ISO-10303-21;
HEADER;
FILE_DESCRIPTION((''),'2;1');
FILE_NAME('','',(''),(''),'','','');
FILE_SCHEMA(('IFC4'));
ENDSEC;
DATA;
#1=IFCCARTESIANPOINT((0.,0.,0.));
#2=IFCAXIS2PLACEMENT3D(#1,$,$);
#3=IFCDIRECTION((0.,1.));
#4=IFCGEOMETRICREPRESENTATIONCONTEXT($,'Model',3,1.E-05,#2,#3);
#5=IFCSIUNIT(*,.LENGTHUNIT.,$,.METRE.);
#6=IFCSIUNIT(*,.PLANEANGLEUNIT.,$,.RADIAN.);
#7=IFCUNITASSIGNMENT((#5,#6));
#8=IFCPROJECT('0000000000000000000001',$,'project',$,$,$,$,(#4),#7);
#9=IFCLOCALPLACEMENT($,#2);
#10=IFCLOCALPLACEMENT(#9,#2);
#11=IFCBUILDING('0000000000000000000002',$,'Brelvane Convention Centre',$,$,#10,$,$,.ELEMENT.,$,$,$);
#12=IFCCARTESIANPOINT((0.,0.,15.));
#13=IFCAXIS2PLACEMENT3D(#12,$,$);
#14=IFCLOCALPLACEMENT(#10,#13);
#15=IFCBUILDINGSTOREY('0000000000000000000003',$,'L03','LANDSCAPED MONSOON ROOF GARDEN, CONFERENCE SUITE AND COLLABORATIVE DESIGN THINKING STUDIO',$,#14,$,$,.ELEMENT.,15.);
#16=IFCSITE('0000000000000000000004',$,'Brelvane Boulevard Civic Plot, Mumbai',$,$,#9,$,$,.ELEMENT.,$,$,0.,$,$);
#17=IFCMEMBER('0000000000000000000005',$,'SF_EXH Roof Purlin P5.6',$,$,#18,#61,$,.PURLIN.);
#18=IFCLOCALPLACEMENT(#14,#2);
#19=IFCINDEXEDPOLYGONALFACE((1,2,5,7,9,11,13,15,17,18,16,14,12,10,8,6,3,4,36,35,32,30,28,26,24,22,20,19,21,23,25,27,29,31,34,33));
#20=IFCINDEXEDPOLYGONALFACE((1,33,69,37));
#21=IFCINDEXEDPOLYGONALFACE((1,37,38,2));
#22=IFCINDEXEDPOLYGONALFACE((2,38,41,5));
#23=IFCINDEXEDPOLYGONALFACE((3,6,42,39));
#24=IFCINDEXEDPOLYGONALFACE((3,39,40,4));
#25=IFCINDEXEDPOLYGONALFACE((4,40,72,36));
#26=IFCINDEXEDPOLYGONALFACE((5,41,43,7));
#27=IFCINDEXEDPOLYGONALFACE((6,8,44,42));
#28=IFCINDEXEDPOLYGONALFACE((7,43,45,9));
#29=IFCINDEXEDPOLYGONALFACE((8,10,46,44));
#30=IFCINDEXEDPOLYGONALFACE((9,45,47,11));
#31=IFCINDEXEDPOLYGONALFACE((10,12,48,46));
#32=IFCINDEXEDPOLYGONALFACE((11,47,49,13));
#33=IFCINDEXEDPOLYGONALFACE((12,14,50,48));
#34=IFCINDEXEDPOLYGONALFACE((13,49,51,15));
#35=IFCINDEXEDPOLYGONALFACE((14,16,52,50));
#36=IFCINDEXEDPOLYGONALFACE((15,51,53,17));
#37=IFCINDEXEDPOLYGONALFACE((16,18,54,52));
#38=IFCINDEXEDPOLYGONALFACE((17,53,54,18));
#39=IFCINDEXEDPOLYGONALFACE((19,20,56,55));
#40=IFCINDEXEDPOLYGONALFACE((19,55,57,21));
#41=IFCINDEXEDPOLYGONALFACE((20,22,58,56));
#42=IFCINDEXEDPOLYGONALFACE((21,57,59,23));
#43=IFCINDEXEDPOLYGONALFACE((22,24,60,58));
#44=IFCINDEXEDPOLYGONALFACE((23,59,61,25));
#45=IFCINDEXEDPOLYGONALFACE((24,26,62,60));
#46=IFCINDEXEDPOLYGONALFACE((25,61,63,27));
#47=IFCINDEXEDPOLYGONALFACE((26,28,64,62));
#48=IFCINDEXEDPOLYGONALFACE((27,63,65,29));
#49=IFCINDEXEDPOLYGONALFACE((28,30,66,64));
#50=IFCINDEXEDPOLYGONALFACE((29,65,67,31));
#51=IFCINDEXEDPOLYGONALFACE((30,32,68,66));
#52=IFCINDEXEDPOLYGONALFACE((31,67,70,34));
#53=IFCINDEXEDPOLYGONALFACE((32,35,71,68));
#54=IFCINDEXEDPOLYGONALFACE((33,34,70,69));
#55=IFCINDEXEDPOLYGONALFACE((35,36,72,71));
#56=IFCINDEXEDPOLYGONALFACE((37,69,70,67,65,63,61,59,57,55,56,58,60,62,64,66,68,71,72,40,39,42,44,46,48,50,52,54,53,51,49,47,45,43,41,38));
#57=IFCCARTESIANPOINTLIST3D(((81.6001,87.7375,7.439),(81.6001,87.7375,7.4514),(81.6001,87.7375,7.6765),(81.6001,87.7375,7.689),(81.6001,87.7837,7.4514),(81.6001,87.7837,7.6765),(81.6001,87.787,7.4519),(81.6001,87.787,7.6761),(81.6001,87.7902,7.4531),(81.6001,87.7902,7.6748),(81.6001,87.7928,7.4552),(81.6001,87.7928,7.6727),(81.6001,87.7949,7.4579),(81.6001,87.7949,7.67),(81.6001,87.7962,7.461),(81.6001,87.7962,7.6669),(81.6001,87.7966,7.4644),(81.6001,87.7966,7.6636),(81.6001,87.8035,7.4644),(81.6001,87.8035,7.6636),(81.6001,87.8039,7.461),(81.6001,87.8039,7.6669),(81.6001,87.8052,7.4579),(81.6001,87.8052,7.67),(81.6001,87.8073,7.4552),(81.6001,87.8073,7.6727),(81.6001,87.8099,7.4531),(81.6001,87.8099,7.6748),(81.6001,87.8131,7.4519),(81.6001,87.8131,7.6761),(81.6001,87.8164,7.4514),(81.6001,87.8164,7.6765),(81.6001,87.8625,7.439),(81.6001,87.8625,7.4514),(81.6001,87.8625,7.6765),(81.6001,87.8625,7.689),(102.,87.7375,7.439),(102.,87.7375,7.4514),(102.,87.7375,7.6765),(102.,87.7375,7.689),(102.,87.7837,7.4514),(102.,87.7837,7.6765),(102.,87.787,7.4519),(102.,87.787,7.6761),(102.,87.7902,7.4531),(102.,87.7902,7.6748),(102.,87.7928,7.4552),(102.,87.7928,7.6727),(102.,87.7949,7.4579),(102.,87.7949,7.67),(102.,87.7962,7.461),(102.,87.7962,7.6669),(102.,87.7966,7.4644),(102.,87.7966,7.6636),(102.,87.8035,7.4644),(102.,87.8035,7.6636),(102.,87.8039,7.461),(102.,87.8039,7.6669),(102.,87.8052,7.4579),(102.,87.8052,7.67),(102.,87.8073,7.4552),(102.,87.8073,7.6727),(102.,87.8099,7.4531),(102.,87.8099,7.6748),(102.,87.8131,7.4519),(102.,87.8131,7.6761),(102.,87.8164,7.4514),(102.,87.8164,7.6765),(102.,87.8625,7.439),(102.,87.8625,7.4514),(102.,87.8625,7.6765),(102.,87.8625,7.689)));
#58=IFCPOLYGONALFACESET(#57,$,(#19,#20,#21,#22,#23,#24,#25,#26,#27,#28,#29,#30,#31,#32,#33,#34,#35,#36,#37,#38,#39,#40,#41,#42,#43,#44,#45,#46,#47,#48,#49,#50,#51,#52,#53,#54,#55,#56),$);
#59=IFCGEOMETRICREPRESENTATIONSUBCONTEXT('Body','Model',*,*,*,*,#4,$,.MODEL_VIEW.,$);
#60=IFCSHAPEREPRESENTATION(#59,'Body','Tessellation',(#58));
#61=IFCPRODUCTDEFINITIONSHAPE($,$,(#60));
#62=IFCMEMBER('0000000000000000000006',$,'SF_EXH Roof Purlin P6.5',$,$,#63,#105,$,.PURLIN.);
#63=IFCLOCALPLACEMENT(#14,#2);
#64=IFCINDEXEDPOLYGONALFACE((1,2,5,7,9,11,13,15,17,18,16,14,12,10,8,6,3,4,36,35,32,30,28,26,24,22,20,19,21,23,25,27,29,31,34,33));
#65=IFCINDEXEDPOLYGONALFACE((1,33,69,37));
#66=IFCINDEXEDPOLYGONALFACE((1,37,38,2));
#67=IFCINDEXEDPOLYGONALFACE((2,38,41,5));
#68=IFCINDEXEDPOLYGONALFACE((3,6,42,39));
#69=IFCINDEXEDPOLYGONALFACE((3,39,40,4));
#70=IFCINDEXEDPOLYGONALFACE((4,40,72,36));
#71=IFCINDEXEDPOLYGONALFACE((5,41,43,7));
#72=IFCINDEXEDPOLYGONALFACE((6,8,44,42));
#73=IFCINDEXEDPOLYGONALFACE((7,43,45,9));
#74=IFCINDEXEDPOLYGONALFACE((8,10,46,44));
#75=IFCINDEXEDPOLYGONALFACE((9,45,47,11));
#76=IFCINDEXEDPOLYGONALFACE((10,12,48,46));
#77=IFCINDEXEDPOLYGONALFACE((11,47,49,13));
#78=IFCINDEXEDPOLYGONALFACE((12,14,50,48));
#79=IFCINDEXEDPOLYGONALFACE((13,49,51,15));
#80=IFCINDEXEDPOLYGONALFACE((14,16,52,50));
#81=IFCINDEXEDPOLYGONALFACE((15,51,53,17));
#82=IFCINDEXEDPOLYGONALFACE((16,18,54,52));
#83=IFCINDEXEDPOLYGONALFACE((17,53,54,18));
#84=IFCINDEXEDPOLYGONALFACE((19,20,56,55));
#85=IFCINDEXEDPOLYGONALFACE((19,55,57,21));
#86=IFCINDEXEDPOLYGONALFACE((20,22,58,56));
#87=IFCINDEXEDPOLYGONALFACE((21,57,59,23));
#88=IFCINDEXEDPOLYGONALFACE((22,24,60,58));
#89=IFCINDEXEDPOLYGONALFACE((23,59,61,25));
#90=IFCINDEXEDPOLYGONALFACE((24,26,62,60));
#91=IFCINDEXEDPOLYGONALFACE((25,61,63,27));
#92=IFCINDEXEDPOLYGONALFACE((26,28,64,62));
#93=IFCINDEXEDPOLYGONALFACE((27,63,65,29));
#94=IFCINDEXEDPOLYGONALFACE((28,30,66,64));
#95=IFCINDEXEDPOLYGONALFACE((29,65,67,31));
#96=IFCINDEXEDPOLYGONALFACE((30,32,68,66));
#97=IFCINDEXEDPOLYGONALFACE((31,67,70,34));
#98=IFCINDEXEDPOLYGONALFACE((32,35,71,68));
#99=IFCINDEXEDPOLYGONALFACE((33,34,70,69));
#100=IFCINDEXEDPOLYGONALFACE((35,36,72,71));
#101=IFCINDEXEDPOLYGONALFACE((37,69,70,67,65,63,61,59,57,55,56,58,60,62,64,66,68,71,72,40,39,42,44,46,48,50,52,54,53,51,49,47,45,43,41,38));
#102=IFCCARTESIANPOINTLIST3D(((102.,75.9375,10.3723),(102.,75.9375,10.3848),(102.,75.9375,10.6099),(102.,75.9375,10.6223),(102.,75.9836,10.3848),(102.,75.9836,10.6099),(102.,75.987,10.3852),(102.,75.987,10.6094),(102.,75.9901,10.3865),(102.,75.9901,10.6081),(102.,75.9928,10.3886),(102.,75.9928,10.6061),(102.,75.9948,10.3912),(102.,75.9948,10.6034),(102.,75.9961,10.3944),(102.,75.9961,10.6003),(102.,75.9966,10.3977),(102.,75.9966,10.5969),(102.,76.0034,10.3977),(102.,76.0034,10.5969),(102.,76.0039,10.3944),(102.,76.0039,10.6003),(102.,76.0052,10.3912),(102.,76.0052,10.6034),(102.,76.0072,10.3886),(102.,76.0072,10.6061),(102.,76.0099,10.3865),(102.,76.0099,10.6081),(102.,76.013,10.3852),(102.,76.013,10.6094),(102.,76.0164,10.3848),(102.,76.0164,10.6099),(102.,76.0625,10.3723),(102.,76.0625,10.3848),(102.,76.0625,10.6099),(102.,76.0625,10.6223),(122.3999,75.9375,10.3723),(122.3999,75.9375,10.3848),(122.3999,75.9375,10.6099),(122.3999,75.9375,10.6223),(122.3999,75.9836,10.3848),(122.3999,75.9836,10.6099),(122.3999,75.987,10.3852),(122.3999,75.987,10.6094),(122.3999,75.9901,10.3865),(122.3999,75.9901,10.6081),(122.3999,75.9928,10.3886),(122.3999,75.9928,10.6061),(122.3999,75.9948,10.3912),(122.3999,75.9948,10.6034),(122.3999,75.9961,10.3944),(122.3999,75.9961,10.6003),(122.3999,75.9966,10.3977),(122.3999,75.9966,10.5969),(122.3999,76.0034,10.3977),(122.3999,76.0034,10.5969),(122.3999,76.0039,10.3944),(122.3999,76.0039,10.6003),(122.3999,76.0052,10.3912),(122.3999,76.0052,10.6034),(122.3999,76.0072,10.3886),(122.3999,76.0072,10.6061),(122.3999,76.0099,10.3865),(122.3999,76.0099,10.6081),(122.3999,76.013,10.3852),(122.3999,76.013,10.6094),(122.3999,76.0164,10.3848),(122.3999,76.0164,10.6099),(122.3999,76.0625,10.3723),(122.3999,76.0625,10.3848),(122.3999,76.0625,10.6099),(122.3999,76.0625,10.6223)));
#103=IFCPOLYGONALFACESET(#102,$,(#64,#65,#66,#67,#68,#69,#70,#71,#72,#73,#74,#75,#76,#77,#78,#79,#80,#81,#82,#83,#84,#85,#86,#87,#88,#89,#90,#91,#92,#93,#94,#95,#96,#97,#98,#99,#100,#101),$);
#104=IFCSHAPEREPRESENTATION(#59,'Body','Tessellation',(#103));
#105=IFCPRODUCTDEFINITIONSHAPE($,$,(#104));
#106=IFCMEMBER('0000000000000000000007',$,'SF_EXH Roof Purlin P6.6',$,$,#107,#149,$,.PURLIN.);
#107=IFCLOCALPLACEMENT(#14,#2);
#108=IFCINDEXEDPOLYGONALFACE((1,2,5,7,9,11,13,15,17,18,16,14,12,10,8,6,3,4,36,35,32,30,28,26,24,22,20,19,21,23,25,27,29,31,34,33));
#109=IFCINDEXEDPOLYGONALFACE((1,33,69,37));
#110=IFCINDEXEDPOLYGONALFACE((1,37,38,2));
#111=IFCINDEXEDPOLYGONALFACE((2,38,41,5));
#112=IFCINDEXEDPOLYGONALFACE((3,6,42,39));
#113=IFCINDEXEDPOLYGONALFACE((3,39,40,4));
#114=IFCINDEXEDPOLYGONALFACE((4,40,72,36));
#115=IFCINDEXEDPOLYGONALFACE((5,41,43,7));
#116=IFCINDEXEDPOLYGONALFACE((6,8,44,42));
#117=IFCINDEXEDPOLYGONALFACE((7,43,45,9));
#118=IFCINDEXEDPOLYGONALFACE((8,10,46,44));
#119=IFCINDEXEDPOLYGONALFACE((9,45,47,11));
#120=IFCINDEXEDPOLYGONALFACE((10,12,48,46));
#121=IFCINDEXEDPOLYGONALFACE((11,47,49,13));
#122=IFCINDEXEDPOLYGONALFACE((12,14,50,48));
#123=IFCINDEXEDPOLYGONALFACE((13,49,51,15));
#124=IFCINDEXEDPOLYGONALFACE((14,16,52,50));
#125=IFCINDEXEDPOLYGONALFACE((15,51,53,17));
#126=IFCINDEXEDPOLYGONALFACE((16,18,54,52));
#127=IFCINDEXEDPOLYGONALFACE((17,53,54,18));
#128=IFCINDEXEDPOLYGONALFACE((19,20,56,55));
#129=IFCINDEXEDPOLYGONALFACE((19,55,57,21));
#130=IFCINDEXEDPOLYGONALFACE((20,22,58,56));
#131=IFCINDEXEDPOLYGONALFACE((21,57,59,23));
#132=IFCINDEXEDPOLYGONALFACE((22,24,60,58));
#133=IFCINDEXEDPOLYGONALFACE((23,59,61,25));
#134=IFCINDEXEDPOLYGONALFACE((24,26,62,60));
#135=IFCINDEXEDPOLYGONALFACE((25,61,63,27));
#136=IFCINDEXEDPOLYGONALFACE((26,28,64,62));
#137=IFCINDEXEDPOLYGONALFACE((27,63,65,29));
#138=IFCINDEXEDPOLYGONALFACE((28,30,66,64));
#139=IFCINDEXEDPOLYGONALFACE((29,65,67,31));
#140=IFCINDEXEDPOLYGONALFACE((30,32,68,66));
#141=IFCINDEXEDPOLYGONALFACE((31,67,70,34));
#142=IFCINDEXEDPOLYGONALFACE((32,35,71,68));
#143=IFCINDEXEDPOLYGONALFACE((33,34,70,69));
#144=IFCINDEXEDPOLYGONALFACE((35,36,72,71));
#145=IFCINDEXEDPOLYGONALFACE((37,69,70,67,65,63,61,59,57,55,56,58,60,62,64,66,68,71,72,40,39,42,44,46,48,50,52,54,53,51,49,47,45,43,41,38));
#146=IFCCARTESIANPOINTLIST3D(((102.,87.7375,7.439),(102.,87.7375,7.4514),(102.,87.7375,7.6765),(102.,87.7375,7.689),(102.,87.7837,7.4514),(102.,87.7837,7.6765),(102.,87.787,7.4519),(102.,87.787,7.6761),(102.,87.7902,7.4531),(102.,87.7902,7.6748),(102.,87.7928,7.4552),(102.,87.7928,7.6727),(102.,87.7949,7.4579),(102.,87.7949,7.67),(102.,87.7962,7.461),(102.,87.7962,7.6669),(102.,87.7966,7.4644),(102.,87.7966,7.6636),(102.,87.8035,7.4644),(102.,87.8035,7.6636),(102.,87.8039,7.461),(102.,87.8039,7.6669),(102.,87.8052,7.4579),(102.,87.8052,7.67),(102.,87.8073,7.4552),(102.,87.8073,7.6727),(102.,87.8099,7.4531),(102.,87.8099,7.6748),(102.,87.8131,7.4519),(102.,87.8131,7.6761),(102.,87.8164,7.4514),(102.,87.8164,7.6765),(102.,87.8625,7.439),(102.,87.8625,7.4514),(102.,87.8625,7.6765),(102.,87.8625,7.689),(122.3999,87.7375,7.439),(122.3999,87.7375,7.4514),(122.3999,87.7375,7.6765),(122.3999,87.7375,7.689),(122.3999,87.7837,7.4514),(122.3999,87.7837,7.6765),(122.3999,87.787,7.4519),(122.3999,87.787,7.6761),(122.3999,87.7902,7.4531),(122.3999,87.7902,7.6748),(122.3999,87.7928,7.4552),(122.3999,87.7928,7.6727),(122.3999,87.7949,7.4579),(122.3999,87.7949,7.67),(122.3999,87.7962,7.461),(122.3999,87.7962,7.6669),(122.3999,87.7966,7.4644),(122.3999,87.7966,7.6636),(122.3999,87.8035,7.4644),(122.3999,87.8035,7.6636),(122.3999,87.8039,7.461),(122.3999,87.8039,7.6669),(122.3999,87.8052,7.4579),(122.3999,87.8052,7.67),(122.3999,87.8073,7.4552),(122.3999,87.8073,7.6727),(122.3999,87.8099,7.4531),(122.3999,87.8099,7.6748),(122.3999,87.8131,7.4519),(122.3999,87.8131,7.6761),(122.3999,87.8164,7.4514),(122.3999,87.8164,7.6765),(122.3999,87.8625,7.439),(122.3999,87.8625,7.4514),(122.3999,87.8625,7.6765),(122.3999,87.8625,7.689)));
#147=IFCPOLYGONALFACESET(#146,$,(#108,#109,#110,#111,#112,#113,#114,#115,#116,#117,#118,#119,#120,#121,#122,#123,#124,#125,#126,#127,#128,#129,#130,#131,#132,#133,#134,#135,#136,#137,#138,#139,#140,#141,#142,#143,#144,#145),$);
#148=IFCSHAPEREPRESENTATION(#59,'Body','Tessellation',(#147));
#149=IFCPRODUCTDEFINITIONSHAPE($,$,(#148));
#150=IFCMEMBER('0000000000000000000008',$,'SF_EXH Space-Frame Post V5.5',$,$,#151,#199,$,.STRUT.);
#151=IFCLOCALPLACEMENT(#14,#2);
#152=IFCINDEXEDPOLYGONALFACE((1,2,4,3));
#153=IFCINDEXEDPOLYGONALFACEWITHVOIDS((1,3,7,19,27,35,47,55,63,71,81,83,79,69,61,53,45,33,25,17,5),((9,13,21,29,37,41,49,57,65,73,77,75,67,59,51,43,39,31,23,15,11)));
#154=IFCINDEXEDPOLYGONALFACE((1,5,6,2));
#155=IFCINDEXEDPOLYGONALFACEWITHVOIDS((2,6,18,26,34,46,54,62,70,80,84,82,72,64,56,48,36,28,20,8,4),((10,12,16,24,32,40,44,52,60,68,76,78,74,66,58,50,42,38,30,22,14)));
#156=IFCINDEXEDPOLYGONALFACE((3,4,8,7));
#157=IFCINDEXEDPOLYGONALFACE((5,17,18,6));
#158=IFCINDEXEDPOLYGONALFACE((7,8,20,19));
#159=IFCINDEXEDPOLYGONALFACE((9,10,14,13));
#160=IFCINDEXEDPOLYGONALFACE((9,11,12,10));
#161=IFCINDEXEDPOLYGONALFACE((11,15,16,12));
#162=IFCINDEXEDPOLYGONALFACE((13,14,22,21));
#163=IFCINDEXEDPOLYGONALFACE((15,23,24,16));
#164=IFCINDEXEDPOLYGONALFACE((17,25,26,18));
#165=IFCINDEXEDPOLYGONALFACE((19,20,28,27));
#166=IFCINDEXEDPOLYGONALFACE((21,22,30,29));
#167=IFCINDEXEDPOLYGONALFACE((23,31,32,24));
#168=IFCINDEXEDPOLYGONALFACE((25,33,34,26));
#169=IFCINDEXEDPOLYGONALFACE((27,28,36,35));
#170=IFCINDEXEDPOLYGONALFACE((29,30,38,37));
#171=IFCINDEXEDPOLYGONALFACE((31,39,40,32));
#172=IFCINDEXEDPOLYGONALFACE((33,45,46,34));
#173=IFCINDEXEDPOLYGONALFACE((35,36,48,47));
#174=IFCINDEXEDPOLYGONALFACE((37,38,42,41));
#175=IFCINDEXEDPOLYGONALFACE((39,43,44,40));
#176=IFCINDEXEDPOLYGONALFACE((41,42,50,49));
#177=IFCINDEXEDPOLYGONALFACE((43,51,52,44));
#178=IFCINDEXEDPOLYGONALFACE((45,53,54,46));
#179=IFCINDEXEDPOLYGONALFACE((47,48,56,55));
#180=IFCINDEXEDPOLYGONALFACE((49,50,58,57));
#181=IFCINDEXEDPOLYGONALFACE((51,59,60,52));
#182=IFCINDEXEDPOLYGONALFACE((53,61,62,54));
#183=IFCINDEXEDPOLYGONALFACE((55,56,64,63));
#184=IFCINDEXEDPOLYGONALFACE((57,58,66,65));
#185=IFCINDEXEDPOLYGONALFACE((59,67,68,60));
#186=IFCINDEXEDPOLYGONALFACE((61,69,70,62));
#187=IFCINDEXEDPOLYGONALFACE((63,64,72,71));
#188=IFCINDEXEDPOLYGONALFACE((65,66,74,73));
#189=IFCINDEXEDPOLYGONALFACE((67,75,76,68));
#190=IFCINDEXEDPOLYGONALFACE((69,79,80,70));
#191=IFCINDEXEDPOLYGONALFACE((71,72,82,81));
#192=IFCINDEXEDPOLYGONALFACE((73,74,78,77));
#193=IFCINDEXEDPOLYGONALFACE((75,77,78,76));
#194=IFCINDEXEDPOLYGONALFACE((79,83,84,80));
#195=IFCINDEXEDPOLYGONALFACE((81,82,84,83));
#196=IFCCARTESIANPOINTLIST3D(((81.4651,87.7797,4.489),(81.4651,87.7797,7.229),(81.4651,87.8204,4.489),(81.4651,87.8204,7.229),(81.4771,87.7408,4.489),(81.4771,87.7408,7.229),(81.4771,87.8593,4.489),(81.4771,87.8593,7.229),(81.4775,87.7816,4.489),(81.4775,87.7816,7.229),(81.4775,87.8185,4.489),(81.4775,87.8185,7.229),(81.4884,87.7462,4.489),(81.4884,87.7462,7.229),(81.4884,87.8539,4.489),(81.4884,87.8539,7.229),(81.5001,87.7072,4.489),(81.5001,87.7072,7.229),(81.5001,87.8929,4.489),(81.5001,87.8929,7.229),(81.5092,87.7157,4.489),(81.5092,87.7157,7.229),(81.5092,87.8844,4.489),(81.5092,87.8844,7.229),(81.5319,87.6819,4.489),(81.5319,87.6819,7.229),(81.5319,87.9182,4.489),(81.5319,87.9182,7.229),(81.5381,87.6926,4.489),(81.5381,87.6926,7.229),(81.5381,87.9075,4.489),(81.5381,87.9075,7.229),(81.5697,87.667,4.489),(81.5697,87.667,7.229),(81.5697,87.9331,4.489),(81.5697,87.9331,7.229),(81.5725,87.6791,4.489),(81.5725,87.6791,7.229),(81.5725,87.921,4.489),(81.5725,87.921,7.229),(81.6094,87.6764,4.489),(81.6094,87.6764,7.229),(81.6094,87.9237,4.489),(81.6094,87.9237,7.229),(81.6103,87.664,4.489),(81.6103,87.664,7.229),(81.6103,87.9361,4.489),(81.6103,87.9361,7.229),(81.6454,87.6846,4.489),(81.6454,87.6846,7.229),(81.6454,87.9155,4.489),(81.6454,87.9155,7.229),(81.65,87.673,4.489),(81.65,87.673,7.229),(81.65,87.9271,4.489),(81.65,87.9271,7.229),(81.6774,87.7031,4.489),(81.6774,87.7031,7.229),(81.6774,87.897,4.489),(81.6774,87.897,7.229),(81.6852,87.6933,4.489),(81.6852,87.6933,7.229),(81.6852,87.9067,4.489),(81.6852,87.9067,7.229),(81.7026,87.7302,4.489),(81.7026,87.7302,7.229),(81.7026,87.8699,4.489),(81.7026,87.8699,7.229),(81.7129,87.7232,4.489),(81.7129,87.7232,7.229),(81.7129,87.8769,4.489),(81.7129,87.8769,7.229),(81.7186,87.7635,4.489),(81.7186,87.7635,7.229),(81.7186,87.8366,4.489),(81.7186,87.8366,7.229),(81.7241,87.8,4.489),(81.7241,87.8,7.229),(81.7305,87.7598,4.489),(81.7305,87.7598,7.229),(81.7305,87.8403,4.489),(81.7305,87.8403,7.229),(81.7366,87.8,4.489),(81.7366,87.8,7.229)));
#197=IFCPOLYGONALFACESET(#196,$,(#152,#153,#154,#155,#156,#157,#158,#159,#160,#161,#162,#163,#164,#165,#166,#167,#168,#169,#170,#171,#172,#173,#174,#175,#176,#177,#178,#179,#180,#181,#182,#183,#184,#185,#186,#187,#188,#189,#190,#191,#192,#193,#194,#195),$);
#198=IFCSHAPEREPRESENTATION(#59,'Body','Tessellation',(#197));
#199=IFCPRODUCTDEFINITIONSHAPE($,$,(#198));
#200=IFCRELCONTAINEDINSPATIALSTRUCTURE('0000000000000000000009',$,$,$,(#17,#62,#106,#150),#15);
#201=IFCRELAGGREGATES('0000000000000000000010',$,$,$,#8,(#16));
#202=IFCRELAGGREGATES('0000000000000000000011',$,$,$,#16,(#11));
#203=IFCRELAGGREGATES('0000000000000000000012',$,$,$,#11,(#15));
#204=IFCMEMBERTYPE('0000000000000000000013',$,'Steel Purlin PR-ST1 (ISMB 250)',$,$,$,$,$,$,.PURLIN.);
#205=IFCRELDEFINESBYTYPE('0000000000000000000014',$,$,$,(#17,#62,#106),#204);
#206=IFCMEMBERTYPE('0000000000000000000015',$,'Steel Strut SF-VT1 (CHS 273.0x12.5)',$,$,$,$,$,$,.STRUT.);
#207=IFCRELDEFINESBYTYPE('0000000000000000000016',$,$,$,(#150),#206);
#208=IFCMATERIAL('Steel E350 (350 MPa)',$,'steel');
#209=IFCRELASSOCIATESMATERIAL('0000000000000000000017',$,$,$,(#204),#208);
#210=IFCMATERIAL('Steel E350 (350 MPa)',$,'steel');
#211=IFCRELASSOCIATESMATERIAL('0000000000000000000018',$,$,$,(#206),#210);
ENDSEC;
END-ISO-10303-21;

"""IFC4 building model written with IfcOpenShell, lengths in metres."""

from ifc_helpers import new_model, si_unit, direction, frame, origin, origin_2d, place, context, subcontext, project, spatial, hollow_circle, i_section, extrude, material, material_profile, profile_set, type_object, element, save


model = new_model("IFC4")

# Units and contexts
model_context = context("Model", 3, precision=1e-05, world=origin(), true_north=direction((0.0, 1.0)))
body_context = subcontext(model_context, "Body", "Model", "MODEL_VIEW")
ifc_project = project(units=[si_unit("LENGTHUNIT", "METRE"), si_unit("PLANEANGLEUNIT", "RADIAN")], contexts=[model_context])

# Site, building, storey
site_placement = place(None, origin())
site = spatial("IfcSite", under=ifc_project, at=site_placement, Name="Brelvane Boulevard Civic Plot, Mumbai", CompositionType="ELEMENT", RefElevation=0.0)
building_placement = place(site_placement, origin())
building = spatial("IfcBuilding", under=site, at=building_placement, Name="Brelvane Convention Centre", CompositionType="ELEMENT")
storey_placement = place(building_placement, frame((0.0, 0.0, 15.0)))
storey = spatial("IfcBuildingStorey", under=building, at=storey_placement, Name="L03", Description="LANDSCAPED MONSOON ROOF GARDEN, CONFERENCE SUITE AND COLLABORATIVE DESIGN THINKING STUDIO", CompositionType="ELEMENT", Elevation=15.0)

# Members
ifc_material_1 = material(Name="Steel E350 (350 MPa)", Category="steel")
ifc_material_profile_1 = material_profile(ifc_material_1, i_section(OverallWidth=0.125, OverallDepth=0.25, WebThickness=0.0068, FlangeThickness=0.0125, FilletRadius=0.0129, at=origin_2d()), Name="ISMB 250")
ifc_profile_set_1 = profile_set([ifc_material_profile_1], Name="Steel E350 (350 MPa)")
member_type_1 = type_object("IfcMemberType", Name="Steel Purlin PR-ST1 (ISMB 250)", PredefinedType="PURLIN", material=ifc_profile_set_1)
for number, where, z_axis, x_axis, name in (
    (1, (81.6001, 87.8, 7.564), (1.0, 0.0, 0.0), (0.0, 1.0, 0.0), "SF_EXH Roof Purlin P5.6"),
    (2, (102.0, 76.0, 10.4973), (1.0, 0.0, 0.0), (0.0, 1.0, 0.0), "SF_EXH Roof Purlin P6.5"),
    (3, (102.0, 87.8, 7.564), (1.0, 0.0, 0.0), (0.0, 1.0, 0.0), "SF_EXH Roof Purlin P6.6"),
):
    element("IfcMember", number, at=place(storey_placement, frame(where, z_axis=z_axis, x_axis=x_axis)), inside=storey, type_object=member_type_1, Name=name, PredefinedType="PURLIN", context=body_context, shape_type="SweptSolid", body=[
        extrude(i_section(OverallWidth=0.125, OverallDepth=0.25, WebThickness=0.0068, FlangeThickness=0.0125, FilletRadius=0.0129, at=origin_2d()), origin(), (0.0, 0.0, 1.0), 20.3999),
    ])
ifc_material_2 = material(Name="Steel E350 (350 MPa)", Category="steel")
ifc_material_profile_2 = material_profile(ifc_material_2, hollow_circle(Radius=0.1365, WallThickness=0.0125, at=origin_2d()), Name="CHS 273.0x12.5")
ifc_profile_set_2 = profile_set([ifc_material_profile_2], Name="Steel E350 (350 MPa)")
member_type_2 = type_object("IfcMemberType", Name="Steel Strut SF-VT1 (CHS 273.0x12.5)", PredefinedType="STRUT", material=ifc_profile_set_2)
for number, where, z_axis, x_axis, name in (
    (4, (81.6001, 87.8, 4.489), (0.0, 0.0, 1.0), (1.0, 0.0, 0.0), "SF_EXH Space-Frame Post V5.5"),
):
    element("IfcMember", number, at=place(storey_placement, frame(where, z_axis=z_axis, x_axis=x_axis)), inside=storey, type_object=member_type_2, Name=name, PredefinedType="STRUT", context=body_context, shape_type="SweptSolid", body=[
        extrude(hollow_circle(Radius=0.1365, WallThickness=0.0125, at=origin_2d()), origin(), (0.0, 0.0, 1.0), 2.74),
    ])

save(model, "model.ifc")
